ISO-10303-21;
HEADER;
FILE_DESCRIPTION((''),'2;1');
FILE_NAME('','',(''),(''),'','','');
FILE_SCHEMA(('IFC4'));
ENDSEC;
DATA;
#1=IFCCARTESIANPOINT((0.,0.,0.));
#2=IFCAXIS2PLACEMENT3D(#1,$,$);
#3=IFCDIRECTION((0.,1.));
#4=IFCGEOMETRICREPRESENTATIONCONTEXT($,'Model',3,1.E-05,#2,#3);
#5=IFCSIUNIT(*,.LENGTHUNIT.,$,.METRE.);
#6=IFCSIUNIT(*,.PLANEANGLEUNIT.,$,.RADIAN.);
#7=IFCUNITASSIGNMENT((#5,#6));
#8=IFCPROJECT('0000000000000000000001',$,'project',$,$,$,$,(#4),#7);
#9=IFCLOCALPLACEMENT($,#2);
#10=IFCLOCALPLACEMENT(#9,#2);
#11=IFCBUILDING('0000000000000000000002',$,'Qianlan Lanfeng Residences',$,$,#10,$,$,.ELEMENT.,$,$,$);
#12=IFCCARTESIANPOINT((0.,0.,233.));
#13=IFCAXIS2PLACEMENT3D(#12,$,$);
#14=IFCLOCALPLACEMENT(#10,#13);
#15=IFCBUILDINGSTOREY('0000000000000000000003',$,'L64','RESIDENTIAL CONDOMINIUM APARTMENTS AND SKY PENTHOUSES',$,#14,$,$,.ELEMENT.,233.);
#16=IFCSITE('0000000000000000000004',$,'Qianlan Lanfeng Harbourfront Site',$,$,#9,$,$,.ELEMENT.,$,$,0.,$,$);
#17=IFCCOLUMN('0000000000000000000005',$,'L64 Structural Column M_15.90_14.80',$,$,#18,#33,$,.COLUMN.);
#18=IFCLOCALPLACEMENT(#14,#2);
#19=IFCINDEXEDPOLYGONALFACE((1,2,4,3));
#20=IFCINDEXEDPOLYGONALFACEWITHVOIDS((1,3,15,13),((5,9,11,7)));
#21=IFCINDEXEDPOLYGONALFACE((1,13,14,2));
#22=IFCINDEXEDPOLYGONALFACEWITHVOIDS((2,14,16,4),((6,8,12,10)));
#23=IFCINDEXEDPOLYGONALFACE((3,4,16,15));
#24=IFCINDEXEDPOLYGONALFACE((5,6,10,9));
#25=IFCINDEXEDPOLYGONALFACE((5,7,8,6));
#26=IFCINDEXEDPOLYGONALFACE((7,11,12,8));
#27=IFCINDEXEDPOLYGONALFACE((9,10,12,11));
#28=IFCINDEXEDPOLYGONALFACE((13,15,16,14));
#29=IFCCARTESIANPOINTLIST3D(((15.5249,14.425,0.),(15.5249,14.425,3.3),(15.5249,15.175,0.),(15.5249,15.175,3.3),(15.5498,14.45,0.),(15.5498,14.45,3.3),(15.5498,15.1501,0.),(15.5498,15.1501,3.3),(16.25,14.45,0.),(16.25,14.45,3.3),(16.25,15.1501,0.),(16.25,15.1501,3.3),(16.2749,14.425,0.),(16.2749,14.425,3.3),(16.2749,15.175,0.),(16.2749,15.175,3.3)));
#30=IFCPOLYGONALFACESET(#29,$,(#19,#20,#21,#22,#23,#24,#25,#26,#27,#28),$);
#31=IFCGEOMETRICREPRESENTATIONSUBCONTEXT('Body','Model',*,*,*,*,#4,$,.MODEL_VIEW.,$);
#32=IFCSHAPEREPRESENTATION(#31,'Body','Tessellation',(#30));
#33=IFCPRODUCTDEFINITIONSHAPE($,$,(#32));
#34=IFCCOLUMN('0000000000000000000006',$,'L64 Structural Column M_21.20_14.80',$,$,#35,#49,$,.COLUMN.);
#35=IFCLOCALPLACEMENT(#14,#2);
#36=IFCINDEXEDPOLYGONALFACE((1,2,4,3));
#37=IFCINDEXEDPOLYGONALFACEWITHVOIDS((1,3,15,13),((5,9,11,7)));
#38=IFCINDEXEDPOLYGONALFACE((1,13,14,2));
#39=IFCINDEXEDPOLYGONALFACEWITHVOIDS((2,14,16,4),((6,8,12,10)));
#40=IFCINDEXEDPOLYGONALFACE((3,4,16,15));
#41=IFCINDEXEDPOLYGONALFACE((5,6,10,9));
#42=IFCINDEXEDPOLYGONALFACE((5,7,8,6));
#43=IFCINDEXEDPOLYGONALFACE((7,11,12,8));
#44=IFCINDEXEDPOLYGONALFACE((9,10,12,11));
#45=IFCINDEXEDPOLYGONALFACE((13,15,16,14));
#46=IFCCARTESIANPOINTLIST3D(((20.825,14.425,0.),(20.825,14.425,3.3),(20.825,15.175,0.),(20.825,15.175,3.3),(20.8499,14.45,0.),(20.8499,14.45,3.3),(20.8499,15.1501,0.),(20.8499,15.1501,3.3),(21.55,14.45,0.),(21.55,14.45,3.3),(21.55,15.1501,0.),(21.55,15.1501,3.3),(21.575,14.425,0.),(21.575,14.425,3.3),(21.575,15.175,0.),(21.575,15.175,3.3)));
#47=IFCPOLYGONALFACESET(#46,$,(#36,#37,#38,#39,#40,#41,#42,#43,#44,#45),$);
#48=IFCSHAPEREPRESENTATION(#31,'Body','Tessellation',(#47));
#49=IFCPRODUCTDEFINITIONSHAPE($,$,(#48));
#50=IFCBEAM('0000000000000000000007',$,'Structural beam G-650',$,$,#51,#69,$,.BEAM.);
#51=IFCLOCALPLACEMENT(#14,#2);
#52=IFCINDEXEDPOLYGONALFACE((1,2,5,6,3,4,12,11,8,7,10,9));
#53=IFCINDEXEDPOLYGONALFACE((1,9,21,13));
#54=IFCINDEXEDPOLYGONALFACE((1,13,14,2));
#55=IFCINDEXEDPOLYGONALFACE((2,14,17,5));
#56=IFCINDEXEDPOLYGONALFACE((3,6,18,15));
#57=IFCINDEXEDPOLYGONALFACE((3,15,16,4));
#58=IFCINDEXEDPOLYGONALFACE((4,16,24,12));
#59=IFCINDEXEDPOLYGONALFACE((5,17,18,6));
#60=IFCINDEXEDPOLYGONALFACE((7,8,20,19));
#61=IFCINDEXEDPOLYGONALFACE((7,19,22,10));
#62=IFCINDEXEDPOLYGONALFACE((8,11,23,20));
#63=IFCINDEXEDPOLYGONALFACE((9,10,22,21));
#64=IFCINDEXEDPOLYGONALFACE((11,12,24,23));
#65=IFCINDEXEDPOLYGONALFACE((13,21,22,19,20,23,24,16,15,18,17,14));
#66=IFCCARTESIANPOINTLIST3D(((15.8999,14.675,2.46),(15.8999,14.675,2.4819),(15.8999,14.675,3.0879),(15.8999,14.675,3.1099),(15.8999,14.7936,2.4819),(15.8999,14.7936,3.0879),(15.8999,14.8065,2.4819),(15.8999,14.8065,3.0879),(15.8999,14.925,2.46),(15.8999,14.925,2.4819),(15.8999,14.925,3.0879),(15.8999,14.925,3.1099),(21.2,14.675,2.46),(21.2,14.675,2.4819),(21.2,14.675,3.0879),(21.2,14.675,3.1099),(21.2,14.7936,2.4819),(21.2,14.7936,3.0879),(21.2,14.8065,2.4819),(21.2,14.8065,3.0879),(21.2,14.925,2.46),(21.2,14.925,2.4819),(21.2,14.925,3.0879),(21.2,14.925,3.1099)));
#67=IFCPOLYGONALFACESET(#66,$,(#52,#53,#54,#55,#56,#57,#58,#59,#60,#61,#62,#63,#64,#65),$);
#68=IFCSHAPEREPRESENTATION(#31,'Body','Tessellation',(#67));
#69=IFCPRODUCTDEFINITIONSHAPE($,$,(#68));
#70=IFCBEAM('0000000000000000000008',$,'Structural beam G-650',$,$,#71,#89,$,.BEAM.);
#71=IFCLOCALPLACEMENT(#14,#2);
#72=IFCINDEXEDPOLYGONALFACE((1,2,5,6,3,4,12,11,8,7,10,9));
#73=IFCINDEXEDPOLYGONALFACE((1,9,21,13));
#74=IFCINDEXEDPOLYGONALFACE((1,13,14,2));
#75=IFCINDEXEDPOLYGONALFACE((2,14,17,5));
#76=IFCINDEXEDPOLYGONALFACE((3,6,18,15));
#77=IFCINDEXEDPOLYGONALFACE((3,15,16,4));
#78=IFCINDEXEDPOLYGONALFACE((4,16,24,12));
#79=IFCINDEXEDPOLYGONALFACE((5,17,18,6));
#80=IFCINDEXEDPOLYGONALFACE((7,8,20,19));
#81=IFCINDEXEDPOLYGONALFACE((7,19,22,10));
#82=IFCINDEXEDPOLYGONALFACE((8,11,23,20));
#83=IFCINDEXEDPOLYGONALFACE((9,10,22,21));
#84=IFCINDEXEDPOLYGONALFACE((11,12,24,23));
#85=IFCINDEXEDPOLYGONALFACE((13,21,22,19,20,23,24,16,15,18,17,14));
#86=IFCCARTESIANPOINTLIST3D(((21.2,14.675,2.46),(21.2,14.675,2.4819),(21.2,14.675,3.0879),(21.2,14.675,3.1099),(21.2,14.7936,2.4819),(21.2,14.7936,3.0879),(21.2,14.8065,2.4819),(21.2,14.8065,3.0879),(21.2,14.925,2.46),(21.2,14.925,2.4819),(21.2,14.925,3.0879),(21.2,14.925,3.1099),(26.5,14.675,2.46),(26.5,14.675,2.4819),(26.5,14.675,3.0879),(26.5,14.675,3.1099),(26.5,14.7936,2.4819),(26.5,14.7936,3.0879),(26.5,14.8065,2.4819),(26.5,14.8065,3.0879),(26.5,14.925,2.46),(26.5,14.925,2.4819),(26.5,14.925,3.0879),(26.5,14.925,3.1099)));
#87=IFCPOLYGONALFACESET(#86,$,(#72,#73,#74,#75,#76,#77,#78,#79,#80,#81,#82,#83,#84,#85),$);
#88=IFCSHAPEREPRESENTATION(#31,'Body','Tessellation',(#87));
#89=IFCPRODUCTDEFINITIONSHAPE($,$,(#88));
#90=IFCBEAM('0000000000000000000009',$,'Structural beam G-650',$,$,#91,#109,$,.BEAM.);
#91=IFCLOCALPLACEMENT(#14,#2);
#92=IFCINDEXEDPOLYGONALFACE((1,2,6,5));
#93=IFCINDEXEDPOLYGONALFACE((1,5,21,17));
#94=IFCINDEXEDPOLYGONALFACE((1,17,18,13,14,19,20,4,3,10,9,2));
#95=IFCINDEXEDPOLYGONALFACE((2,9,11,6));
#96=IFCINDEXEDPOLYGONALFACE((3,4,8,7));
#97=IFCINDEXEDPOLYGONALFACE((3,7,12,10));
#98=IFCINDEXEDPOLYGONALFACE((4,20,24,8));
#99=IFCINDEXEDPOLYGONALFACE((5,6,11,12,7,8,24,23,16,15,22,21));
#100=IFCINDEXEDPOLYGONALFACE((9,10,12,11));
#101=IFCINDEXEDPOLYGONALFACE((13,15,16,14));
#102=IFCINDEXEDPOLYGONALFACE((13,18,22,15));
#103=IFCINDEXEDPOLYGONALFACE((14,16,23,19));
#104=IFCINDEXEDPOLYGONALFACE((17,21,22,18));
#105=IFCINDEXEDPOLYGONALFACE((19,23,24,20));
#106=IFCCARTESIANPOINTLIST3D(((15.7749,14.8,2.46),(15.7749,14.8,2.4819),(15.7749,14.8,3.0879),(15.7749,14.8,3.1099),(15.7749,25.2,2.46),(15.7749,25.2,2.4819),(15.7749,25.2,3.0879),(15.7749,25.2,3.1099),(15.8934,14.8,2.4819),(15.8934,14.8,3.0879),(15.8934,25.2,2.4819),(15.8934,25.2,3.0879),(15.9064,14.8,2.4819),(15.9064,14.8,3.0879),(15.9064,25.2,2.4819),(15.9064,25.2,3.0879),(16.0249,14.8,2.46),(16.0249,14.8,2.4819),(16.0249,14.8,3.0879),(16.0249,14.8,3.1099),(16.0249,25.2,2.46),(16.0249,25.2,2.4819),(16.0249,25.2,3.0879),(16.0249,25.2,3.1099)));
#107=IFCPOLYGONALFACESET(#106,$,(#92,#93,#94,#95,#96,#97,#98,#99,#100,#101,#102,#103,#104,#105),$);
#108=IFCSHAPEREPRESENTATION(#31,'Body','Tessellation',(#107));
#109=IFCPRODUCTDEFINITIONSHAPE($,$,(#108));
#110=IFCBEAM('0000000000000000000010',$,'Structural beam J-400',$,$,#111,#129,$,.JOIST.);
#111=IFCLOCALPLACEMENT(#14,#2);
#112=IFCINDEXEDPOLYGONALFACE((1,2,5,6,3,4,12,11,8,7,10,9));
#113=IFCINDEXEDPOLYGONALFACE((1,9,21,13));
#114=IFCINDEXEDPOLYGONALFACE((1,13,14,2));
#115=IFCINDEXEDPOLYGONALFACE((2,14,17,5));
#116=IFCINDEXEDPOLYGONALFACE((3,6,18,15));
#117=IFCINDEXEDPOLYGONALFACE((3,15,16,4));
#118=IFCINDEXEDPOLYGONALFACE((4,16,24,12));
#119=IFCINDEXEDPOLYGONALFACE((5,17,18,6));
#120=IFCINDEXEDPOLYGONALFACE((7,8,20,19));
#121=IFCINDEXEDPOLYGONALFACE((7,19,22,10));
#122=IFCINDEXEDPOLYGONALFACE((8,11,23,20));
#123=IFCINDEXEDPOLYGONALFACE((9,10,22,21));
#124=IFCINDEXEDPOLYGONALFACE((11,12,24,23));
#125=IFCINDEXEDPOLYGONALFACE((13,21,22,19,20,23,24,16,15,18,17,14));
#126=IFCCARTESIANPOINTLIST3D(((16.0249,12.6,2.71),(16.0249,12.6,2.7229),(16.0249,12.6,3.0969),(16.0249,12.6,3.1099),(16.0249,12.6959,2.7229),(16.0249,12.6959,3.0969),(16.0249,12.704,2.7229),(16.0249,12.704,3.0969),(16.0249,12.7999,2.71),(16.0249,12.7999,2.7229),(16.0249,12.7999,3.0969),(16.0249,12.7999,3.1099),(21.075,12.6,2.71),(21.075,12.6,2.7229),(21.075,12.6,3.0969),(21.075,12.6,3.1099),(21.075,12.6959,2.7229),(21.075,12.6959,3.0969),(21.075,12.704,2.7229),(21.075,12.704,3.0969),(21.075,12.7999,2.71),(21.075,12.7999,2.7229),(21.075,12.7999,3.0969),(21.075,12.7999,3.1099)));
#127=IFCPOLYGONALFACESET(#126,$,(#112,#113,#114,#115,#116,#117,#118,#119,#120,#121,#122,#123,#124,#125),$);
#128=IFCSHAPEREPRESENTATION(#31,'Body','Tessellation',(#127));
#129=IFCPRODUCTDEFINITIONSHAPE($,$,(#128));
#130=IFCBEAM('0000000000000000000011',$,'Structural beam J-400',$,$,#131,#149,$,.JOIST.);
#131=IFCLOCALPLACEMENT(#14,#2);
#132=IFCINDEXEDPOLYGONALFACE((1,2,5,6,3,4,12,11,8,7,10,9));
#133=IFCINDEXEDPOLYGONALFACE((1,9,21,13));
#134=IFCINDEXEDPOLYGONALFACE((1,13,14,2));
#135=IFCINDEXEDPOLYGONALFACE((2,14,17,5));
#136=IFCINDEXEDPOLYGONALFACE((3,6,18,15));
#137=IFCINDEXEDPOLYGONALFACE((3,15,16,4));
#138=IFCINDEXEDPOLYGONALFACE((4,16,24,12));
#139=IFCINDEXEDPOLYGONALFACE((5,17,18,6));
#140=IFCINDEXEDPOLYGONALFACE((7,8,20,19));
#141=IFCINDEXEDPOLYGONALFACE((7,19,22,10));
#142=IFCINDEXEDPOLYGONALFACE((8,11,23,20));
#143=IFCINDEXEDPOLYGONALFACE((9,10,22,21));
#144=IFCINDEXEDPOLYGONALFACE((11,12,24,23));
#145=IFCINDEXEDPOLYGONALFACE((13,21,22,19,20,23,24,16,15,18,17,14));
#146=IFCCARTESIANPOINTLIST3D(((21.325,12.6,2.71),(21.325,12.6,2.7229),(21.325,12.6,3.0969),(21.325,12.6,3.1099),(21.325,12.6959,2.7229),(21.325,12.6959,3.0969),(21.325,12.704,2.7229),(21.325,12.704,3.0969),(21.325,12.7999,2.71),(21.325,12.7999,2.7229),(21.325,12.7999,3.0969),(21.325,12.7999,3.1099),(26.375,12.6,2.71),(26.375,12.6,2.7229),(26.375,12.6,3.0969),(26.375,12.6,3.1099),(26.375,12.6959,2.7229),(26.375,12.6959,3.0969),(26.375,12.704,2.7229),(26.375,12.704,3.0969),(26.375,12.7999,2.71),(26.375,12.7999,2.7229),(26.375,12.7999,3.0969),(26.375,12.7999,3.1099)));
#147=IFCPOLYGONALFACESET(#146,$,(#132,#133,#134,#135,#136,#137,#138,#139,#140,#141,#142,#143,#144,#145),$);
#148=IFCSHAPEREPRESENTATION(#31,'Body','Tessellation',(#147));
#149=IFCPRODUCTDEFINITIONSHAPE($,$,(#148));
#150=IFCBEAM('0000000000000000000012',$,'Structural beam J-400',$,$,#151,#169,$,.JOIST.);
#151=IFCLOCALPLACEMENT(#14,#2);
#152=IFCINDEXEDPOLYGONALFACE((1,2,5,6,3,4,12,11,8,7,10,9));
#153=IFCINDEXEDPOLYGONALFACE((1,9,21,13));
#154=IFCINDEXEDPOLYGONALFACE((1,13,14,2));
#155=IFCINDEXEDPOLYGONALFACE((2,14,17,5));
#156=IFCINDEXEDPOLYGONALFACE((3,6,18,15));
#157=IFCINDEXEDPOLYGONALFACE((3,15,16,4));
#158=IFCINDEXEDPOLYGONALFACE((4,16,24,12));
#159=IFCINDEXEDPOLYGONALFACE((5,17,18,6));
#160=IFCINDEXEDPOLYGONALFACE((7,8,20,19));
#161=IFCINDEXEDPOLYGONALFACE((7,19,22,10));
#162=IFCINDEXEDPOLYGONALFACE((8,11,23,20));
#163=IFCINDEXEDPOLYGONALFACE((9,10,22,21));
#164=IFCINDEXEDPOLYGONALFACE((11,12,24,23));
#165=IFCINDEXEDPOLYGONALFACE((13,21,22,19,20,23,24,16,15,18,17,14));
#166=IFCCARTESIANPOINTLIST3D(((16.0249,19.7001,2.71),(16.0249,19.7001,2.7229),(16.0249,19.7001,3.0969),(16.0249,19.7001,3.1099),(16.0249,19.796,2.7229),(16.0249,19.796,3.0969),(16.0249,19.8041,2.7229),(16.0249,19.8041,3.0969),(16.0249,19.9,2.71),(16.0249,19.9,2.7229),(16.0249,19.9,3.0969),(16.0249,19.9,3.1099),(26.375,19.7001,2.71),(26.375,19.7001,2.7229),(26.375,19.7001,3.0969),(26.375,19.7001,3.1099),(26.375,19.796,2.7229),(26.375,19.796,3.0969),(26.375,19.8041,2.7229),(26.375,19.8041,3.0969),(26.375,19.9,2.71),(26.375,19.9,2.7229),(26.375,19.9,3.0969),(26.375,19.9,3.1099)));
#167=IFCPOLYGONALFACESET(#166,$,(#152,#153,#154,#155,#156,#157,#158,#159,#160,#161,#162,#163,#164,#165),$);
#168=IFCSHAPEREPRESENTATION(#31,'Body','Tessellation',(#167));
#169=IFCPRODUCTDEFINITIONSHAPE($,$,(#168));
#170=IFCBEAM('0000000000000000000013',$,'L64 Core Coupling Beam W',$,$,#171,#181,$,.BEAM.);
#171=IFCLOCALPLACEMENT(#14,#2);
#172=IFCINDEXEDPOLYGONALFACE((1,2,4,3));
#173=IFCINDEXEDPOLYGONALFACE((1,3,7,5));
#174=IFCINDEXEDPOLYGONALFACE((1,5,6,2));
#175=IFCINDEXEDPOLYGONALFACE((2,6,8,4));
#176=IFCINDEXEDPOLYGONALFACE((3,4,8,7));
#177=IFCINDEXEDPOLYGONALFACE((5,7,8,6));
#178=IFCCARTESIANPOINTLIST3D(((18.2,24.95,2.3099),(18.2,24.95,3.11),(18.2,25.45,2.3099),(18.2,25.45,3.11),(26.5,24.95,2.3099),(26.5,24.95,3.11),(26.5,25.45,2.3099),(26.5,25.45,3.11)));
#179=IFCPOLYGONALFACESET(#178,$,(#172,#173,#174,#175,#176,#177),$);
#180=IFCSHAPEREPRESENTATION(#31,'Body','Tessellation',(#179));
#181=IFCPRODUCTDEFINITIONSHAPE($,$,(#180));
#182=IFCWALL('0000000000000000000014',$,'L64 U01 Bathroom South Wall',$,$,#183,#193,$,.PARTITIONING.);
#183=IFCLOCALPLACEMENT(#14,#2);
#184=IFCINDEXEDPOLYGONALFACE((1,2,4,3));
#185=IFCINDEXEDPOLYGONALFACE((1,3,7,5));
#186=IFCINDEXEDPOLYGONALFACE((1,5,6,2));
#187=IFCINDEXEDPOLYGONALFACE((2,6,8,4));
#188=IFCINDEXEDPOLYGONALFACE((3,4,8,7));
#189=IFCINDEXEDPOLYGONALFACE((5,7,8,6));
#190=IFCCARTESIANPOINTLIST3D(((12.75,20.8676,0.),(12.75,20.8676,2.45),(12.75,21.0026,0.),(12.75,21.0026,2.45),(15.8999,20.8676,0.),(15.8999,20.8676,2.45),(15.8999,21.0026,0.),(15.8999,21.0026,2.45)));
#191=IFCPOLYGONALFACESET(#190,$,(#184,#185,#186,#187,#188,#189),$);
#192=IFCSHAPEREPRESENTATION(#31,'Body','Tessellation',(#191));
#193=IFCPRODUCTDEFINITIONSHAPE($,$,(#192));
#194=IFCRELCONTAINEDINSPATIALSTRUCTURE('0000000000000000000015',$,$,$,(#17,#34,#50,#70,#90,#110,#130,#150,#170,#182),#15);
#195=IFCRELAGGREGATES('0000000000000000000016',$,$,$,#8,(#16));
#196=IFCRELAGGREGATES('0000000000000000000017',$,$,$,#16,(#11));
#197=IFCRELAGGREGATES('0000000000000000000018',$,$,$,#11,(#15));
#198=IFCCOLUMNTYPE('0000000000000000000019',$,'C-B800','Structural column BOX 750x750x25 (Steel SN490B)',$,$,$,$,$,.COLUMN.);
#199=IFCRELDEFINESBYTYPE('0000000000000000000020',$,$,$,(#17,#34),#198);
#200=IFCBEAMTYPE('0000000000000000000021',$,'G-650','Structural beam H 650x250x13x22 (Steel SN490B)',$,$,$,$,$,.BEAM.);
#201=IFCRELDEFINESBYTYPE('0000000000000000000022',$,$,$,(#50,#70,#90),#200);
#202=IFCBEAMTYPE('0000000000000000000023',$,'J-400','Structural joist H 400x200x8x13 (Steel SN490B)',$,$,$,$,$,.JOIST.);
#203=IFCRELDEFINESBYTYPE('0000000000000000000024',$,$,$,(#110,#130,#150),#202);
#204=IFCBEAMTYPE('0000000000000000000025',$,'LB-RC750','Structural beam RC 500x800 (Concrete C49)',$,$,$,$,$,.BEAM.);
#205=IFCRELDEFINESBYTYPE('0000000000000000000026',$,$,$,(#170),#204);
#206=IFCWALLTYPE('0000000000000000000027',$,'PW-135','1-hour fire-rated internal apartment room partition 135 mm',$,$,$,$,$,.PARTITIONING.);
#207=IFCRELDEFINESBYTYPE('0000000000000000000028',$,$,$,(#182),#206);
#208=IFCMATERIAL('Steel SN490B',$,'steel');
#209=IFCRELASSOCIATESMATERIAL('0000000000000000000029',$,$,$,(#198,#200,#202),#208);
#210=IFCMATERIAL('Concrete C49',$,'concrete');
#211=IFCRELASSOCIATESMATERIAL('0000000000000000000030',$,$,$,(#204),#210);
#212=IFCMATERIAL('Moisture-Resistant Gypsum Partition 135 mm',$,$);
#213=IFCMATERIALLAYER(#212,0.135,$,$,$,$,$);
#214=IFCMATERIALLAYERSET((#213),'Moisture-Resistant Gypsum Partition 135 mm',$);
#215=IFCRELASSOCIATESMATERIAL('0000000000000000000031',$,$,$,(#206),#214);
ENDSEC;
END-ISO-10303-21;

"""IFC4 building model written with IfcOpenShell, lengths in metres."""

from ifc_helpers import new_model, si_unit, direction, frame, frame_2d, origin, origin_2d, place, context, subcontext, project, spatial, rectangle, hollow_rectangle, i_section, extrude, material, layer, layer_set, material_profile, profile_set, type_object, element, save


model = new_model("IFC4")

# Units and contexts
model_context = context("Model", 3, precision=1e-05, world=origin(), true_north=direction((0.0, 1.0)))
body_context = subcontext(model_context, "Body", "Model", "MODEL_VIEW")
ifc_project = project(units=[si_unit("LENGTHUNIT", "METRE"), si_unit("PLANEANGLEUNIT", "RADIAN")], contexts=[model_context])

# Site, building, storey
site_placement = place(None, origin())
site = spatial("IfcSite", under=ifc_project, at=site_placement, Name="Qianlan Lanfeng Harbourfront Site", CompositionType="ELEMENT", RefElevation=0.0)
building_placement = place(site_placement, origin())
building = spatial("IfcBuilding", under=site, at=building_placement, Name="Qianlan Lanfeng Residences", CompositionType="ELEMENT")
storey_placement = place(building_placement, frame((0.0, 0.0, 233.0)))
storey = spatial("IfcBuildingStorey", under=building, at=storey_placement, Name="L64", Description="RESIDENTIAL CONDOMINIUM APARTMENTS AND SKY PENTHOUSES", CompositionType="ELEMENT", Elevation=233.0)

# Columns
ifc_material_1 = material(Name="Steel SN490B", Category="steel")
ifc_material_profile_1 = material_profile(ifc_material_1, hollow_rectangle(XDim=0.75, YDim=0.75, WallThickness=0.0249, at=origin_2d()), Name="BOX 750x750x25")
ifc_profile_set_1 = profile_set([ifc_material_profile_1], Name="Steel SN490B")
column_type = type_object("IfcColumnType", Name="C-B800", Description="Structural column BOX 750x750x25 (Steel SN490B)", PredefinedType="COLUMN", material=ifc_profile_set_1)
for number, where, z_axis, x_axis, name in (
    (1, (15.8999, 14.8, 0.0), (0.0, 0.0, 1.0), (1.0, 0.0, 0.0), "L64 Structural Column M_15.90_14.80"),
    (2, (21.2, 14.8, 0.0), (0.0, 0.0, 1.0), (1.0, 0.0, 0.0), "L64 Structural Column M_21.20_14.80"),
):
    element("IfcColumn", number, at=place(storey_placement, frame(where, z_axis=z_axis, x_axis=x_axis)), inside=storey, type_object=column_type, Name=name, PredefinedType="COLUMN", context=body_context, shape_type="SweptSolid", body=[
        extrude(hollow_rectangle(XDim=0.75, YDim=0.75, WallThickness=0.0249, at=origin_2d()), origin(), (0.0, 0.0, 1.0), 3.3),
    ])

# Beams
ifc_material_profile_2 = material_profile(ifc_material_1, i_section(OverallWidth=0.25, OverallDepth=0.6499, WebThickness=0.0129, FlangeThickness=0.022, at=origin_2d()), Name="H 650x250x13x22")
ifc_profile_set_2 = profile_set([ifc_material_profile_2], Name="Steel SN490B")
beam_type_1 = type_object("IfcBeamType", Name="G-650", Description="Structural beam H 650x250x13x22 (Steel SN490B)", PredefinedType="BEAM", material=ifc_profile_set_2)
for number, where, z_axis, x_axis, name in (
    (3, (15.8999, 14.8, 2.7849), (1.0, 0.0, 0.0), (0.0, 1.0, 0.0), "Structural beam G-650"),
    (4, (21.2, 14.8, 2.7849), (1.0, 0.0, 0.0), (0.0, 1.0, 0.0), "Structural beam G-650"),
):
    element("IfcBeam", number, at=place(storey_placement, frame(where, z_axis=z_axis, x_axis=x_axis)), inside=storey, type_object=beam_type_1, Name=name, PredefinedType="BEAM", context=body_context, shape_type="SweptSolid", body=[
        extrude(i_section(OverallWidth=0.25, OverallDepth=0.6499, WebThickness=0.0129, FlangeThickness=0.022, at=origin_2d()), origin(), (0.0, 0.0, 1.0), 5.3),
    ])
beam_1_placement = place(storey_placement, frame((15.8999, 14.8, 2.7849), z_axis=(0.0, 1.0, 0.0), x_axis=(-1.0, 0.0, 0.0)))
element("IfcBeam", 5, at=beam_1_placement, inside=storey, type_object=beam_type_1, Name="Structural beam G-650", PredefinedType="BEAM", context=body_context, shape_type="SweptSolid", body=[
    extrude(i_section(OverallWidth=0.25, OverallDepth=0.6499, WebThickness=0.0129, FlangeThickness=0.022, at=origin_2d()), origin(), (0.0, 0.0, 1.0), 10.3999),
])
ifc_material_profile_3 = material_profile(ifc_material_1, i_section(OverallWidth=0.2, OverallDepth=0.3999, WebThickness=0.0081, FlangeThickness=0.0129, at=origin_2d()), Name="H 400x200x8x13")
ifc_profile_set_3 = profile_set([ifc_material_profile_3], Name="Steel SN490B")
beam_type_2 = type_object("IfcBeamType", Name="J-400", Description="Structural joist H 400x200x8x13 (Steel SN490B)", PredefinedType="JOIST", material=ifc_profile_set_3)
for number, where, z_axis, x_axis, name in (
    (6, (16.0249, 12.7, 2.9099), (1.0, 0.0, 0.0), (0.0, 1.0, 0.0), "Structural beam J-400"),
    (7, (21.325, 12.7, 2.9099), (1.0, 0.0, 0.0), (0.0, 1.0, 0.0), "Structural beam J-400"),
):
    element("IfcBeam", number, at=place(storey_placement, frame(where, z_axis=z_axis, x_axis=x_axis)), inside=storey, type_object=beam_type_2, Name=name, PredefinedType="JOIST", context=body_context, shape_type="SweptSolid", body=[
        extrude(i_section(OverallWidth=0.2, OverallDepth=0.3999, WebThickness=0.0081, FlangeThickness=0.0129, at=origin_2d()), origin(), (0.0, 0.0, 1.0), 5.05),
    ])
beam_2_placement = place(storey_placement, frame((16.0249, 19.8, 2.9099), z_axis=(1.0, 0.0, 0.0), x_axis=(0.0, 1.0, 0.0)))
element("IfcBeam", 8, at=beam_2_placement, inside=storey, type_object=beam_type_2, Name="Structural beam J-400", PredefinedType="JOIST", context=body_context, shape_type="SweptSolid", body=[
    extrude(i_section(OverallWidth=0.2, OverallDepth=0.3999, WebThickness=0.0081, FlangeThickness=0.0129, at=origin_2d()), origin(), (0.0, 0.0, 1.0), 10.3501),
])
ifc_material_2 = material(Name="Concrete C49", Category="concrete")
ifc_material_profile_4 = material_profile(ifc_material_2, rectangle(XDim=0.5, YDim=0.8, at=origin_2d()), Name="RC 500x800")
ifc_profile_set_4 = profile_set([ifc_material_profile_4], Name="Concrete C49")
beam_type_3 = type_object("IfcBeamType", Name="LB-RC750", Description="Structural beam RC 500x800 (Concrete C49)", PredefinedType="BEAM", material=ifc_profile_set_4)
beam_3_placement = place(storey_placement, frame((18.2, 25.2, 2.71), z_axis=(1.0, 0.0, 0.0), x_axis=(0.0, 1.0, 0.0)))
element("IfcBeam", 9, at=beam_3_placement, inside=storey, type_object=beam_type_3, Name="L64 Core Coupling Beam W", PredefinedType="BEAM", context=body_context, shape_type="SweptSolid", body=[
    extrude(rectangle(XDim=0.5, YDim=0.8, at=origin_2d()), origin(), (0.0, 0.0, 1.0), 8.3),
])

# Wall
ifc_material_3 = material(Name="Moisture-Resistant Gypsum Partition 135 mm")
ifc_layer_1 = layer(ifc_material_3, 0.135)
ifc_layer_set_1 = layer_set([ifc_layer_1], Name="Moisture-Resistant Gypsum Partition 135 mm")
wall_type_1 = type_object("IfcWallType", Name="PW-135", Description="1-hour fire-rated internal apartment room partition 135 mm", PredefinedType="PARTITIONING", material=ifc_layer_set_1)
wall_1_placement = place(storey_placement, frame((12.75, 20.9351, 0.0), z_axis=(0.0, 0.0, 1.0), x_axis=(1.0, 0.0, 0.0)))
element("IfcWall", 10, at=wall_1_placement, inside=storey, type_object=wall_type_1, Name="L64 U01 Bathroom South Wall", PredefinedType="PARTITIONING", context=body_context, shape_type="SweptSolid", body=[
    extrude(rectangle(XDim=3.1499, YDim=0.135, at=frame_2d((1.575, 0.0))), origin(), (0.0, 0.0, 1.0), 2.45),
])

save(model, "model.ifc")
